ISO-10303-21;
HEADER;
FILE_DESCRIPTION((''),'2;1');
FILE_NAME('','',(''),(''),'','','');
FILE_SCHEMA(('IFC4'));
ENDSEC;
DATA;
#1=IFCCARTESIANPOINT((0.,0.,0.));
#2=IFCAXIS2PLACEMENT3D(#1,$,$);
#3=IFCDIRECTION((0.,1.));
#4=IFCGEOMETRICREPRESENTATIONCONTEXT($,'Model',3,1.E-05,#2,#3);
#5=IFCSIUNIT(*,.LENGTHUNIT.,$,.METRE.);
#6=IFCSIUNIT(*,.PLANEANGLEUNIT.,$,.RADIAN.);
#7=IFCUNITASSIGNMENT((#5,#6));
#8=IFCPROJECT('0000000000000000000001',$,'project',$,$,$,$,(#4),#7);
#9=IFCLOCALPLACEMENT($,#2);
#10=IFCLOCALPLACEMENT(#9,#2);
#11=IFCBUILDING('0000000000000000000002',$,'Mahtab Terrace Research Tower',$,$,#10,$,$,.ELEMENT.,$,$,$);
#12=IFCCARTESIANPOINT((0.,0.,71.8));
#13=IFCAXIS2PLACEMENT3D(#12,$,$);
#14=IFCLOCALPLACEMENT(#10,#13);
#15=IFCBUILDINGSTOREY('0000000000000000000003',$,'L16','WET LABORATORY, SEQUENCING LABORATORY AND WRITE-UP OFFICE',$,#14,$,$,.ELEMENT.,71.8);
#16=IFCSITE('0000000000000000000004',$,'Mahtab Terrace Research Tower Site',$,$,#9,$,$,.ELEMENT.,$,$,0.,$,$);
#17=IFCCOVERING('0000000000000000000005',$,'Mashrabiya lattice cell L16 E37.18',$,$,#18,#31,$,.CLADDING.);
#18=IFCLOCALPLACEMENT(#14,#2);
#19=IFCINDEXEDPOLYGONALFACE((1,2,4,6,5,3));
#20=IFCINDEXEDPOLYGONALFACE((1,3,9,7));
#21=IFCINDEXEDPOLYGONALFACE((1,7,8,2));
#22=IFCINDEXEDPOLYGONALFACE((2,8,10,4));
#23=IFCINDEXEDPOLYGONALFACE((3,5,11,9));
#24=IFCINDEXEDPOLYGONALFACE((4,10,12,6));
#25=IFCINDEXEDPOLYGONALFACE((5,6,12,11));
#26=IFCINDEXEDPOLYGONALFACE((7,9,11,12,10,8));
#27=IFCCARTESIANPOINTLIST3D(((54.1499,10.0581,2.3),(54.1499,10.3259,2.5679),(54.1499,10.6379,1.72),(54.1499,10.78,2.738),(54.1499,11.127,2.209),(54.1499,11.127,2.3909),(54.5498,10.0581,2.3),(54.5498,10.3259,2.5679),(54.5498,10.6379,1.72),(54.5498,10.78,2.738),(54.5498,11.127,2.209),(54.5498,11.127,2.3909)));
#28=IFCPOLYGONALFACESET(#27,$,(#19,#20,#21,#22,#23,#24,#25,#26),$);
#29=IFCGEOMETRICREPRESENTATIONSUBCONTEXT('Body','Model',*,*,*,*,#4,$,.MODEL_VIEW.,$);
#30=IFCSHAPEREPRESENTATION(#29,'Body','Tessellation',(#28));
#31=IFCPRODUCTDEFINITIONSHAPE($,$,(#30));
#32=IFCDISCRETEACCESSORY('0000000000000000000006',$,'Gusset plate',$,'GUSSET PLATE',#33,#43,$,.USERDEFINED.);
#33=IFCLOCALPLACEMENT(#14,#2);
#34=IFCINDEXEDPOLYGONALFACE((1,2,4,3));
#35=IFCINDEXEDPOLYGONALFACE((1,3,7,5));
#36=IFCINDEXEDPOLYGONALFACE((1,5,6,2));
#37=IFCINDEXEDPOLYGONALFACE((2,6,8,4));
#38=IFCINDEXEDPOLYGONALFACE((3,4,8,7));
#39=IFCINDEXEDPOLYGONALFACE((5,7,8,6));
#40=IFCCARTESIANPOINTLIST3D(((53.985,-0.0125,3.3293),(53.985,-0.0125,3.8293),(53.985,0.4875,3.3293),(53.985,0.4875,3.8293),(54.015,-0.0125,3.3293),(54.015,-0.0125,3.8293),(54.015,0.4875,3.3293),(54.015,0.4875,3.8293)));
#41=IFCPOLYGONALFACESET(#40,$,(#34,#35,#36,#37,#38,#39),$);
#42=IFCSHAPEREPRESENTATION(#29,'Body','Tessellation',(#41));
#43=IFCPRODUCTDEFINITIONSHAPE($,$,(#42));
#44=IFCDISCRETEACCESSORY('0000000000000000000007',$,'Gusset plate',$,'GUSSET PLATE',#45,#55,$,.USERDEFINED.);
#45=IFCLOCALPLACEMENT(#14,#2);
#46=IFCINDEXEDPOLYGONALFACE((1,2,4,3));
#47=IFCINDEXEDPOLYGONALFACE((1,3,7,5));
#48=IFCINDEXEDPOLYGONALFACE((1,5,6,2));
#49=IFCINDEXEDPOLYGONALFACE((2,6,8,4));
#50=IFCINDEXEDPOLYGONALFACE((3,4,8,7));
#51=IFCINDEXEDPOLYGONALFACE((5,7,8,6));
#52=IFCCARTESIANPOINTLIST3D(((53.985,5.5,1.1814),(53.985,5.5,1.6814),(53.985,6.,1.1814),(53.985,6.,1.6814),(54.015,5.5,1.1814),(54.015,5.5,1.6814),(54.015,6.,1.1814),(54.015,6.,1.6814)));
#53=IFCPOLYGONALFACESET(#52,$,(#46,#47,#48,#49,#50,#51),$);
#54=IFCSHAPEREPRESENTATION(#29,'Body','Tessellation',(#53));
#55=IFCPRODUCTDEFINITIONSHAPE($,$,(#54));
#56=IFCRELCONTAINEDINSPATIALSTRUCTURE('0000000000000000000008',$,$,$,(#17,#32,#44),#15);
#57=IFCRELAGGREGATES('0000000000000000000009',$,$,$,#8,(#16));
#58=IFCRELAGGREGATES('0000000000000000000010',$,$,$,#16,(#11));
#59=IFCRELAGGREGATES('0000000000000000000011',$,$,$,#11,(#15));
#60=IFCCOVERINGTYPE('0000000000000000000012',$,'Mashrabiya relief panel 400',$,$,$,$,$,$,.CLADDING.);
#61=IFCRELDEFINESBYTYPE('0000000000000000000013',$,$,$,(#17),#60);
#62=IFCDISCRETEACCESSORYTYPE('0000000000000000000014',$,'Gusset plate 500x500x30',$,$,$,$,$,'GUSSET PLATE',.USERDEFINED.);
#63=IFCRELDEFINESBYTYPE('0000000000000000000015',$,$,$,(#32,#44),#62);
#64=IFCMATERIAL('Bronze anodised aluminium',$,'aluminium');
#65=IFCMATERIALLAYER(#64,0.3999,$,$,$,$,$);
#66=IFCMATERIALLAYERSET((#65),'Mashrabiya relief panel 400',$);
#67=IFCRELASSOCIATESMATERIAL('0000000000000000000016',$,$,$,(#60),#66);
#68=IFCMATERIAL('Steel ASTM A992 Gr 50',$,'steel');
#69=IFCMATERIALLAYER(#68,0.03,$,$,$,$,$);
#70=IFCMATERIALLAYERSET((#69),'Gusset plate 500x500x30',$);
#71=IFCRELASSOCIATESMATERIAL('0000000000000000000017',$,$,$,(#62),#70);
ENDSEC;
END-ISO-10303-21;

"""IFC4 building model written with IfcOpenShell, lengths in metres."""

from ifc_helpers import new_model, si_unit, direction, frame, origin, origin_2d, place, context, subcontext, project, spatial, polyline, rectangle, outline, extrude, material, layer, layer_set, type_object, element, save


model = new_model("IFC4")

# Units and contexts
model_context = context("Model", 3, precision=1e-05, world=origin(), true_north=direction((0.0, 1.0)))
body_context = subcontext(model_context, "Body", "Model", "MODEL_VIEW")
ifc_project = project(units=[si_unit("LENGTHUNIT", "METRE"), si_unit("PLANEANGLEUNIT", "RADIAN")], contexts=[model_context])

# Site, building, storey
site_placement = place(None, origin())
site = spatial("IfcSite", under=ifc_project, at=site_placement, Name="Mahtab Terrace Research Tower Site", CompositionType="ELEMENT", RefElevation=0.0)
building_placement = place(site_placement, origin())
building = spatial("IfcBuilding", under=site, at=building_placement, Name="Mahtab Terrace Research Tower", CompositionType="ELEMENT")
storey_placement = place(building_placement, frame((0.0, 0.0, 71.8)))
storey = spatial("IfcBuildingStorey", under=building, at=storey_placement, Name="L16", Description="WET LABORATORY, SEQUENCING LABORATORY AND WRITE-UP OFFICE", CompositionType="ELEMENT", Elevation=71.8)

# Shared definitions
ifc_material_1 = material(Name="Steel ASTM A992 Gr 50", Category="steel")

# Covering
ifc_material_2 = material(Name="Bronze anodised aluminium", Category="aluminium")
ifc_layer_1 = layer(ifc_material_2, 0.3999)
ifc_layer_set_1 = layer_set([ifc_layer_1], Name="Mashrabiya relief panel 400")
covering_type = type_object("IfcCoveringType", Name="Mashrabiya relief panel 400", PredefinedType="CLADDING", material=ifc_layer_set_1)
covering_1_placement = place(storey_placement, frame((54.1499, 10.6379, 1.72), z_axis=(-1.0, 0.0, 0.0), x_axis=(0.0, -0.706958, 0.707256)))
element("IfcCovering", 1, at=covering_1_placement, inside=storey, type_object=covering_type, Name="Mashrabiya lattice cell L16 E37.18", PredefinedType="CLADDING", context=body_context, shape_type="SweptSolid", body=[
    extrude(outline(polyline([(0.0, 0.0), (0.8202, 0.0), (0.8203, 0.3788), (0.6196, 0.8202), (0.1288, 0.8202), (0.0001, 0.6916), (0.0, 0.0)])), origin(), (0.0, 0.0, -1.0), 0.3999),
])

# Discrete accessories
ifc_layer_2 = layer(ifc_material_1, 0.03)
ifc_layer_set_2 = layer_set([ifc_layer_2], Name="Gusset plate 500x500x30")
discrete_accessory_type = type_object("IfcDiscreteAccessoryType", Name="Gusset plate 500x500x30", ElementType="GUSSET PLATE", PredefinedType="USERDEFINED", material=ifc_layer_set_2)
for number, where, z_axis, x_axis, name in (
    (2, (54.0, 0.2375, 3.3293), (0.0, 0.0, 1.0), (0.0, 1.0, 0.0), "Gusset plate"),
    (3, (54.0, 5.75, 1.1814), (0.0, 0.0, 1.0), (0.0, 1.0, 0.0), "Gusset plate"),
):
    element("IfcDiscreteAccessory", number, at=place(storey_placement, frame(where, z_axis=z_axis, x_axis=x_axis)), inside=storey, type_object=discrete_accessory_type, Name=name, ObjectType="GUSSET PLATE", PredefinedType="USERDEFINED", context=body_context, shape_type="SweptSolid", body=[
        extrude(rectangle(XDim=0.5, YDim=0.03, at=origin_2d()), origin(), (0.0, 0.0, 1.0), 0.5),
    ])

save(model, "model.ifc")
